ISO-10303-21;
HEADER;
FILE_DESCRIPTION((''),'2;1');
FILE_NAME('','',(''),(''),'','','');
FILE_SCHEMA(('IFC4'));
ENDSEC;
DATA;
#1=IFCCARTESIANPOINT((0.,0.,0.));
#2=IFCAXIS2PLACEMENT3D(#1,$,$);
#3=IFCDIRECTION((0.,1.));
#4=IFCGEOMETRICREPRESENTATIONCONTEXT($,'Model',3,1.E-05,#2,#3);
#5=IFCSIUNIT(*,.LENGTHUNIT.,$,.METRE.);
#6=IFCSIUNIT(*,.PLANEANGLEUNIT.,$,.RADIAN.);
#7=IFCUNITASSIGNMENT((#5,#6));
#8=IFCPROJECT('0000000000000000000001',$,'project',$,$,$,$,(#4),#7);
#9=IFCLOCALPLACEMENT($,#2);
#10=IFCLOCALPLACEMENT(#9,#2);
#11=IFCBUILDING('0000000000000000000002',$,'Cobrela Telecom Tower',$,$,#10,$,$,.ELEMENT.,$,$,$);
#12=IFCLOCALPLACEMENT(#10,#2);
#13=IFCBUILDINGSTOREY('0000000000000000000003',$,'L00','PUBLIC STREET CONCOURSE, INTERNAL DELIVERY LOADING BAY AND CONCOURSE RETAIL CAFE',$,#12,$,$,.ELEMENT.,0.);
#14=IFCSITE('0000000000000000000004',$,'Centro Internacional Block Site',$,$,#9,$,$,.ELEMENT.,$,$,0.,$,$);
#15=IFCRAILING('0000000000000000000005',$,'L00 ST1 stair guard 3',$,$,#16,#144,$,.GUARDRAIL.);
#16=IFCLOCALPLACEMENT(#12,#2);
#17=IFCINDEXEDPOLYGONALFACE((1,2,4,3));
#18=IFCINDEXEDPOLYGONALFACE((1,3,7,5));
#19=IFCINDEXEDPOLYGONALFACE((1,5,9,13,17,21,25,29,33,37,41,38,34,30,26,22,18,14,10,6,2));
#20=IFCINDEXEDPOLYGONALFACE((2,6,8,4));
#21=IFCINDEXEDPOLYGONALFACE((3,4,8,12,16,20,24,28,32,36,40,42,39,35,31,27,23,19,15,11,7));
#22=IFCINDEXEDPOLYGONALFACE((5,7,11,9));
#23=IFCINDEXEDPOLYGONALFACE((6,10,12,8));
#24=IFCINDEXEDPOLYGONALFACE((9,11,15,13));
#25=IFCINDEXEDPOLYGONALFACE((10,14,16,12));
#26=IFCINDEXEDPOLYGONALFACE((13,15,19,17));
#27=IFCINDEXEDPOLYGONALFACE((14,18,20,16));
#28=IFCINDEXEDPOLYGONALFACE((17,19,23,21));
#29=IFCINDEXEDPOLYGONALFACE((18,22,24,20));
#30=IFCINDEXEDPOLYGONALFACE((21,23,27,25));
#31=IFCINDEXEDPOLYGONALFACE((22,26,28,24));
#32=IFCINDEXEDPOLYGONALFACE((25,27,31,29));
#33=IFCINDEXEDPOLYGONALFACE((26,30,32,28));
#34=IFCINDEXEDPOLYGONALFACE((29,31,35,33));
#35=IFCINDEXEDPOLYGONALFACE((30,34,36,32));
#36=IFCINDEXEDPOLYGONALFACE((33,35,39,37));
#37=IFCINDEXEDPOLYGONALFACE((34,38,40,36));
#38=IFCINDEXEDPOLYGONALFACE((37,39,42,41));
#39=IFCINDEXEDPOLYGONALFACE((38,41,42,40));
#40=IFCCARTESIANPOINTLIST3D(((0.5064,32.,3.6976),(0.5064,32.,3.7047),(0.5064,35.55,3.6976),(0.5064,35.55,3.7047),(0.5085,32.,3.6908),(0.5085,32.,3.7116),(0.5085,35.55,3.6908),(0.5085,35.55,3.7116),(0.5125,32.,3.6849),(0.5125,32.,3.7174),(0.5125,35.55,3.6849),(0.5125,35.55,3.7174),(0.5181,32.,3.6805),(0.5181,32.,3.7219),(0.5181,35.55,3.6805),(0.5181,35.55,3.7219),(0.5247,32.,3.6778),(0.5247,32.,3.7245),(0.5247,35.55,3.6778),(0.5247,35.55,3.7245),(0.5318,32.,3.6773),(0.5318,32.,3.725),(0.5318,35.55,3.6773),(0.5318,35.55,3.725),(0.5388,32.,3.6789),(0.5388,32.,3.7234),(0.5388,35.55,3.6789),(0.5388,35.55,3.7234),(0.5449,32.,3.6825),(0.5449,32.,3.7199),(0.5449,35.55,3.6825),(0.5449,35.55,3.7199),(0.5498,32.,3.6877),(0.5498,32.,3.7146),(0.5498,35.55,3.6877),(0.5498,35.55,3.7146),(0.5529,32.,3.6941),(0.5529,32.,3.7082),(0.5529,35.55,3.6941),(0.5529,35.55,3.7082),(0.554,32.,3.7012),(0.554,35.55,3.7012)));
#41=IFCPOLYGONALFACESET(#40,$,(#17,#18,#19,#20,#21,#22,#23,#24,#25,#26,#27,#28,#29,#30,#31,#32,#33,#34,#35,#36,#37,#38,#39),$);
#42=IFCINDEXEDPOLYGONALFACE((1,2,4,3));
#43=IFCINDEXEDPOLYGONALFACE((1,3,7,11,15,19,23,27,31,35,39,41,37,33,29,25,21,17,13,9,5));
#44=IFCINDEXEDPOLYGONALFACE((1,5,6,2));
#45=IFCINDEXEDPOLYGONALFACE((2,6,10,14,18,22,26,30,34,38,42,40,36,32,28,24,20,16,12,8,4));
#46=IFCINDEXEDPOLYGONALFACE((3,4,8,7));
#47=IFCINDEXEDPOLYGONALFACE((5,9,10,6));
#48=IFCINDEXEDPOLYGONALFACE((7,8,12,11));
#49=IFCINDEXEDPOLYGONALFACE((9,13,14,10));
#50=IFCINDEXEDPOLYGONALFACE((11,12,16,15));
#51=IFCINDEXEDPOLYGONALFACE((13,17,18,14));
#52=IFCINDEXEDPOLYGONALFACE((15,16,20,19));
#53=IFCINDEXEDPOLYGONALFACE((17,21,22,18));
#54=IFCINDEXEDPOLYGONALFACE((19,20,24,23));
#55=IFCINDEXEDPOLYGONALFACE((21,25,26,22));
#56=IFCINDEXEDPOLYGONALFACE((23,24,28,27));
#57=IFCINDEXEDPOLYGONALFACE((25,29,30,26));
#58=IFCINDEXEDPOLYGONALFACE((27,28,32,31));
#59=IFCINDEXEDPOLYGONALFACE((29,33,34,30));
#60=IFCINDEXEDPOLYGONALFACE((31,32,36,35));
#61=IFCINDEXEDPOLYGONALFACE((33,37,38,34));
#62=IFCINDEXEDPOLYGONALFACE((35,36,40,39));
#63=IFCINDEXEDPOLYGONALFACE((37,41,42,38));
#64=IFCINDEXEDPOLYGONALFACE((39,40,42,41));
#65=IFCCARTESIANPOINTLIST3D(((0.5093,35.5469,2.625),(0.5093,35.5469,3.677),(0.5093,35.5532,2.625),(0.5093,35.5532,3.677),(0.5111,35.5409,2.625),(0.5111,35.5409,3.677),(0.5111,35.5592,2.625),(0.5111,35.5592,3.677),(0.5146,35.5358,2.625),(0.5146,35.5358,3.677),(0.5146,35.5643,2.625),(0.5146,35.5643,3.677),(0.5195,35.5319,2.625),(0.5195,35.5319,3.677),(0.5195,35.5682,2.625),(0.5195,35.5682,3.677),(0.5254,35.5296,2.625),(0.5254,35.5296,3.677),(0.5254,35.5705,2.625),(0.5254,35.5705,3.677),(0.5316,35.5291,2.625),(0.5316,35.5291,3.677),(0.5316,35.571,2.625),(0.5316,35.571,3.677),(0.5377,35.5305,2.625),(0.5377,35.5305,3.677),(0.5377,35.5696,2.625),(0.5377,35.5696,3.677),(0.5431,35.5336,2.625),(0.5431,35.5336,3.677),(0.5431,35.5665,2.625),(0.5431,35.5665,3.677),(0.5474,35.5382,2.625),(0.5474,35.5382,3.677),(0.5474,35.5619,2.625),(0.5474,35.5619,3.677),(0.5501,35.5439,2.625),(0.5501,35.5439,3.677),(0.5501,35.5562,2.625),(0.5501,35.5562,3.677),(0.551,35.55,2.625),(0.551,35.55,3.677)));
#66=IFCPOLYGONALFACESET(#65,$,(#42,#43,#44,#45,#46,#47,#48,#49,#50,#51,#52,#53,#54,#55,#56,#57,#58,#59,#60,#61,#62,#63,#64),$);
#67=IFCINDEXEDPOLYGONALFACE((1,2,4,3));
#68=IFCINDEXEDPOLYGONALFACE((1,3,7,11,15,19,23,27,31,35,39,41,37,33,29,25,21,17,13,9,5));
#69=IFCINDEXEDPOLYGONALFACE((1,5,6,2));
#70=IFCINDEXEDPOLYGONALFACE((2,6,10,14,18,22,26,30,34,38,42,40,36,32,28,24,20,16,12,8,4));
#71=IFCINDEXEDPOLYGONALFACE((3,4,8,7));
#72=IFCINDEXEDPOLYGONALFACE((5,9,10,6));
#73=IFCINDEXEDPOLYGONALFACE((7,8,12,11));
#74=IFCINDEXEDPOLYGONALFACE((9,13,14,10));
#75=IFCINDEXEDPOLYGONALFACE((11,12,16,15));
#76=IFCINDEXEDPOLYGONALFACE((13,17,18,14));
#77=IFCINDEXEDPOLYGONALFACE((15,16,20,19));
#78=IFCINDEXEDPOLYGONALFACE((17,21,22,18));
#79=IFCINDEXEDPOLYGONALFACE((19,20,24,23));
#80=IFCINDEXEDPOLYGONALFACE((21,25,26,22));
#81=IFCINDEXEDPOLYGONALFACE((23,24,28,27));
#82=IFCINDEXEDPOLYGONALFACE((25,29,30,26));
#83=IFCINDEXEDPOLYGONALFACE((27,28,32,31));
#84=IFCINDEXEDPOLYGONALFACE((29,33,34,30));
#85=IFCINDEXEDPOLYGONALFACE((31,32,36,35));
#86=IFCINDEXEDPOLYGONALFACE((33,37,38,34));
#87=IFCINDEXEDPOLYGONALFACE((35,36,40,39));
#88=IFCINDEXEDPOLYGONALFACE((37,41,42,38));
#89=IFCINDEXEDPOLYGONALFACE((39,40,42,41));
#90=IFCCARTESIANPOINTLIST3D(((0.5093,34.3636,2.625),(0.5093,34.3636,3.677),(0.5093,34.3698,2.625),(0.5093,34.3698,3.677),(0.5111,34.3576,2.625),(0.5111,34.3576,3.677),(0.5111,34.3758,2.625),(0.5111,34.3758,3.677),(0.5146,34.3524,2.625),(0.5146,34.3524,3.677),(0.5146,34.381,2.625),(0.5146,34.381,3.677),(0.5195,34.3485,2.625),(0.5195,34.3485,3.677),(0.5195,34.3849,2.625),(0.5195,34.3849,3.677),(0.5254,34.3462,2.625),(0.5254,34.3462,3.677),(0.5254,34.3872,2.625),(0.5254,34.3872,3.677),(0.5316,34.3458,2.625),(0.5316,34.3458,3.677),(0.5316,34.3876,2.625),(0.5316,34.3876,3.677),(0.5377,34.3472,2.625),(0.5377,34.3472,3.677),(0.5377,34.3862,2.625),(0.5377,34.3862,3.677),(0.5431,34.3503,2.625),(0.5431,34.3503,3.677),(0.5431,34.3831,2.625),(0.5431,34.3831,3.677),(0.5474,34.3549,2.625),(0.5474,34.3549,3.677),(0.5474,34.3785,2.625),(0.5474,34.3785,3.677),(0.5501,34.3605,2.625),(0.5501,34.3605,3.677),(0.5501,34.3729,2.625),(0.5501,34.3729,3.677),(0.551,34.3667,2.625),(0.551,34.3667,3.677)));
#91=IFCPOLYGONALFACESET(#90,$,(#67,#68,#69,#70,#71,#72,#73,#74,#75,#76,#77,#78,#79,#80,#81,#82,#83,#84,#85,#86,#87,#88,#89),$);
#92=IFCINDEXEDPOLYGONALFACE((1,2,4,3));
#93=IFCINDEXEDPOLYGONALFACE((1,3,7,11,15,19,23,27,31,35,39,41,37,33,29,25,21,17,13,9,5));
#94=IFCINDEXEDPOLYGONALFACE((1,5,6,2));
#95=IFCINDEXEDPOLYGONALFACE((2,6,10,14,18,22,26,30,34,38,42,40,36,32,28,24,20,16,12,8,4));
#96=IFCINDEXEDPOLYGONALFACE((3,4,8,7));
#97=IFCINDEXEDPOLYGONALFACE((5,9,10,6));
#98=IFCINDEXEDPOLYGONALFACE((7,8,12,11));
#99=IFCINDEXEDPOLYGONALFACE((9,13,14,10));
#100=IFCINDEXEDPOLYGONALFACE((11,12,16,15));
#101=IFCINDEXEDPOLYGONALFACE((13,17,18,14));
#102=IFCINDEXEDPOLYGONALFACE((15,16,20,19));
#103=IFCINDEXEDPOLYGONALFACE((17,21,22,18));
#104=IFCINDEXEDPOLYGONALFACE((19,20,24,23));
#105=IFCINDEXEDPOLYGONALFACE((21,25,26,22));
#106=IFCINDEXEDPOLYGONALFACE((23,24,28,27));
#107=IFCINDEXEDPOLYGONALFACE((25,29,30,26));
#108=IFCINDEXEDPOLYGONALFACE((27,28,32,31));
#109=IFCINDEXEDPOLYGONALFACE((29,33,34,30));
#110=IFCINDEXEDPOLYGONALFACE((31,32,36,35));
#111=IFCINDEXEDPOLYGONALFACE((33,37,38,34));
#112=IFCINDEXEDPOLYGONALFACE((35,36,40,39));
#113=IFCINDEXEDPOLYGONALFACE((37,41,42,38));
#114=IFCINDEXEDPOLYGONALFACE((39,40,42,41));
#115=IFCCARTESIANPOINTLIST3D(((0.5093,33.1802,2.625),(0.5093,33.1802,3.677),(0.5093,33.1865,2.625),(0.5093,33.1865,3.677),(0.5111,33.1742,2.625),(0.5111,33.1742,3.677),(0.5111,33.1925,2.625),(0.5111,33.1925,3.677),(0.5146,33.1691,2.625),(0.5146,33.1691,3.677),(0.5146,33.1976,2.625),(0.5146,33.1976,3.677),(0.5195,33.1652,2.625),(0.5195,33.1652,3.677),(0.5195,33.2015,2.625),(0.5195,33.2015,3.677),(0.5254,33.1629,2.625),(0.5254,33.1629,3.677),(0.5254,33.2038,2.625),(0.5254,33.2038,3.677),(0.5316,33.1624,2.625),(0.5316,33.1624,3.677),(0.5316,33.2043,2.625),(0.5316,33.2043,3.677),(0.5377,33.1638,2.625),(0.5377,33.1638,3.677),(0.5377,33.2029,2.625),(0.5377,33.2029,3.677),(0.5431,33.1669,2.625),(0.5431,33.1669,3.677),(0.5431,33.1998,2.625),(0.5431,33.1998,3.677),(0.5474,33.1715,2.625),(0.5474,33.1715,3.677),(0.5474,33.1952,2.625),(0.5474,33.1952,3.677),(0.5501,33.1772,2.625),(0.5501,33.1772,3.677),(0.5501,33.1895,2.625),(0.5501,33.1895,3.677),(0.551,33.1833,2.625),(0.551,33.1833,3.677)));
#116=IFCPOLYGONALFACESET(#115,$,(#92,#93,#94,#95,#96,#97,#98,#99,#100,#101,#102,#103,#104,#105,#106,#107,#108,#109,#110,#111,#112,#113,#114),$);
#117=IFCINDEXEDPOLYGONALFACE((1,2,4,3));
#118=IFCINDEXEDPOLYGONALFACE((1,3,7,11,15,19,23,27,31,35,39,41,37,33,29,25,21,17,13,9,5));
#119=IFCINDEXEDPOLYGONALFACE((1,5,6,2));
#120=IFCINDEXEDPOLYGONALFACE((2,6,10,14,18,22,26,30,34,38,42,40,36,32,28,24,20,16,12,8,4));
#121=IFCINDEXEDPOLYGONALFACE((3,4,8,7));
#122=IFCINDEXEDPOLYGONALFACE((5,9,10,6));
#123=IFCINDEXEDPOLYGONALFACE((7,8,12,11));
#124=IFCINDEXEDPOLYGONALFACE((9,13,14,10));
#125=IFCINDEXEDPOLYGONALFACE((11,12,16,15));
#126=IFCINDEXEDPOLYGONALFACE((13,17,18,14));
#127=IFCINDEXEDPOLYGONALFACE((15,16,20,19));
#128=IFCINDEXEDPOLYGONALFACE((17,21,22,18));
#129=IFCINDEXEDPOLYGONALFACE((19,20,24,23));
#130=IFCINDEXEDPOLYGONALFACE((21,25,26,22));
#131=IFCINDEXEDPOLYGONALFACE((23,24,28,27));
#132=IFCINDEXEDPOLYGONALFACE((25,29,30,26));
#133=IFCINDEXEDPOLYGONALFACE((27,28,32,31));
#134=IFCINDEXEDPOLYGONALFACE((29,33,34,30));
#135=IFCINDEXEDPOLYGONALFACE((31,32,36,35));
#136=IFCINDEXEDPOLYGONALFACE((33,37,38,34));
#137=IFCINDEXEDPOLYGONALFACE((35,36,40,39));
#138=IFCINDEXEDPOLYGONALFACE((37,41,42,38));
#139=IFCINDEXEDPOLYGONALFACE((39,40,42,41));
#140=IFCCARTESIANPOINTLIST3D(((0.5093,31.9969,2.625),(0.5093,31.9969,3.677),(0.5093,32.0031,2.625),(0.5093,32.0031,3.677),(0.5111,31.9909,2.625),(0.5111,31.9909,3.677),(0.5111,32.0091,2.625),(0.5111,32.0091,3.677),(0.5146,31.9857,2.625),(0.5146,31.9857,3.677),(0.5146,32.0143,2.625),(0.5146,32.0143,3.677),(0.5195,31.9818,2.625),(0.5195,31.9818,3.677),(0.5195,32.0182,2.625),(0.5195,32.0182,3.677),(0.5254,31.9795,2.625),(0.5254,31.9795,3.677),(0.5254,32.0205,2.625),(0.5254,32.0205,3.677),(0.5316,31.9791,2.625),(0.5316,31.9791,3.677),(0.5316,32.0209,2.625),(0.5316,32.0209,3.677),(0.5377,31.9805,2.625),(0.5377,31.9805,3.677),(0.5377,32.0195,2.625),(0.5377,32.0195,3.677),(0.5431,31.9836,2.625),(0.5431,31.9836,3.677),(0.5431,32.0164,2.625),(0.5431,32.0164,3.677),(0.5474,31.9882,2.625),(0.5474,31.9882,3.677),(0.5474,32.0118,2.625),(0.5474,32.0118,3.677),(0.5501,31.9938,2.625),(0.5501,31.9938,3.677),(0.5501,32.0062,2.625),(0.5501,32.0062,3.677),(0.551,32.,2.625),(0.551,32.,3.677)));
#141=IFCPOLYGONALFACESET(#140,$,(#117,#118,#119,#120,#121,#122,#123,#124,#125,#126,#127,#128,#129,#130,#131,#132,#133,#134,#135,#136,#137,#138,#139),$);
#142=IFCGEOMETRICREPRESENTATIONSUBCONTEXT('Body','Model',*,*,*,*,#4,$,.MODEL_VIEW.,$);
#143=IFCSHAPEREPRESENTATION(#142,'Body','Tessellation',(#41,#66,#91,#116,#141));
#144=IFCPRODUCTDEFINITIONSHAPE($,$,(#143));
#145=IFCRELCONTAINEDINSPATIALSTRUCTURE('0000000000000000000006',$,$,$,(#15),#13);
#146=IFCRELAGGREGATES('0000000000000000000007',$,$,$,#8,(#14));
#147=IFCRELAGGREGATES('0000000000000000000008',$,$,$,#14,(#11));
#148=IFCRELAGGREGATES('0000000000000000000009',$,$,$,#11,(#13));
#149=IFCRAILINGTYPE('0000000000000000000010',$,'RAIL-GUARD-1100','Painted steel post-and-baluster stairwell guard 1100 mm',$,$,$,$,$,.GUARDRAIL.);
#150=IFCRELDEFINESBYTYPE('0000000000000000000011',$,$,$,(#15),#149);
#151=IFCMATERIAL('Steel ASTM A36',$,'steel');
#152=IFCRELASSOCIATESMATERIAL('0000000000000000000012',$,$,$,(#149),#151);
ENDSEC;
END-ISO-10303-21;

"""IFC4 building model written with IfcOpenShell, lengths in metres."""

from ifc_helpers import new_model, si_unit, direction, frame, origin, origin_2d, place, context, subcontext, project, spatial, circle, extrude, material, type_object, element, save


model = new_model("IFC4")

# Units and contexts
model_context = context("Model", 3, precision=1e-05, world=origin(), true_north=direction((0.0, 1.0)))
body_context = subcontext(model_context, "Body", "Model", "MODEL_VIEW")
ifc_project = project(units=[si_unit("LENGTHUNIT", "METRE"), si_unit("PLANEANGLEUNIT", "RADIAN")], contexts=[model_context])

# Site, building, storey
site_placement = place(None, origin())
site = spatial("IfcSite", under=ifc_project, at=site_placement, Name="Centro Internacional Block Site", CompositionType="ELEMENT", RefElevation=0.0)
building_placement = place(site_placement, origin())
building = spatial("IfcBuilding", under=site, at=building_placement, Name="Cobrela Telecom Tower", CompositionType="ELEMENT")
storey_placement = place(building_placement, origin())
storey = spatial("IfcBuildingStorey", under=building, at=storey_placement, Name="L00", Description="PUBLIC STREET CONCOURSE, INTERNAL DELIVERY LOADING BAY AND CONCOURSE RETAIL CAFE", CompositionType="ELEMENT", Elevation=0.0)

# Shared definitions
ifc_material_1 = material(Name="Steel ASTM A36", Category="steel")

# Railing
railing_type_1 = type_object("IfcRailingType", Name="RAIL-GUARD-1100", Description="Painted steel post-and-baluster stairwell guard 1100 mm", PredefinedType="GUARDRAIL", material=ifc_material_1)
railing_1_placement = place(storey_placement, frame((0.53, 35.55, 2.625)))
element("IfcRailing", 1, at=railing_1_placement, inside=storey, type_object=railing_type_1, Name="L00 ST1 stair guard 3", PredefinedType="GUARDRAIL", context=body_context, shape_type="SweptSolid", body=[
    extrude(circle(Radius=0.0239, at=origin_2d()), frame((0.0, 0.0, 1.0762), z_axis=(0.0, -1.0, 0.0), x_axis=(1.0, 0.0, 0.0)), (0.0, 0.0, 1.0), 3.55),
    extrude(circle(Radius=0.021, at=origin_2d()), origin(), (0.0, 0.0, 1.0), 1.052),
    extrude(circle(Radius=0.021, at=origin_2d()), frame((0.0, -1.1833, 0.0)), (0.0, 0.0, 1.0), 1.052),
    extrude(circle(Radius=0.021, at=origin_2d()), frame((0.0, -2.3667, 0.0)), (0.0, 0.0, 1.0), 1.052),
    extrude(circle(Radius=0.021, at=origin_2d()), frame((0.0, -3.55, 0.0)), (0.0, 0.0, 1.0), 1.052),
])

save(model, "model.ifc")
